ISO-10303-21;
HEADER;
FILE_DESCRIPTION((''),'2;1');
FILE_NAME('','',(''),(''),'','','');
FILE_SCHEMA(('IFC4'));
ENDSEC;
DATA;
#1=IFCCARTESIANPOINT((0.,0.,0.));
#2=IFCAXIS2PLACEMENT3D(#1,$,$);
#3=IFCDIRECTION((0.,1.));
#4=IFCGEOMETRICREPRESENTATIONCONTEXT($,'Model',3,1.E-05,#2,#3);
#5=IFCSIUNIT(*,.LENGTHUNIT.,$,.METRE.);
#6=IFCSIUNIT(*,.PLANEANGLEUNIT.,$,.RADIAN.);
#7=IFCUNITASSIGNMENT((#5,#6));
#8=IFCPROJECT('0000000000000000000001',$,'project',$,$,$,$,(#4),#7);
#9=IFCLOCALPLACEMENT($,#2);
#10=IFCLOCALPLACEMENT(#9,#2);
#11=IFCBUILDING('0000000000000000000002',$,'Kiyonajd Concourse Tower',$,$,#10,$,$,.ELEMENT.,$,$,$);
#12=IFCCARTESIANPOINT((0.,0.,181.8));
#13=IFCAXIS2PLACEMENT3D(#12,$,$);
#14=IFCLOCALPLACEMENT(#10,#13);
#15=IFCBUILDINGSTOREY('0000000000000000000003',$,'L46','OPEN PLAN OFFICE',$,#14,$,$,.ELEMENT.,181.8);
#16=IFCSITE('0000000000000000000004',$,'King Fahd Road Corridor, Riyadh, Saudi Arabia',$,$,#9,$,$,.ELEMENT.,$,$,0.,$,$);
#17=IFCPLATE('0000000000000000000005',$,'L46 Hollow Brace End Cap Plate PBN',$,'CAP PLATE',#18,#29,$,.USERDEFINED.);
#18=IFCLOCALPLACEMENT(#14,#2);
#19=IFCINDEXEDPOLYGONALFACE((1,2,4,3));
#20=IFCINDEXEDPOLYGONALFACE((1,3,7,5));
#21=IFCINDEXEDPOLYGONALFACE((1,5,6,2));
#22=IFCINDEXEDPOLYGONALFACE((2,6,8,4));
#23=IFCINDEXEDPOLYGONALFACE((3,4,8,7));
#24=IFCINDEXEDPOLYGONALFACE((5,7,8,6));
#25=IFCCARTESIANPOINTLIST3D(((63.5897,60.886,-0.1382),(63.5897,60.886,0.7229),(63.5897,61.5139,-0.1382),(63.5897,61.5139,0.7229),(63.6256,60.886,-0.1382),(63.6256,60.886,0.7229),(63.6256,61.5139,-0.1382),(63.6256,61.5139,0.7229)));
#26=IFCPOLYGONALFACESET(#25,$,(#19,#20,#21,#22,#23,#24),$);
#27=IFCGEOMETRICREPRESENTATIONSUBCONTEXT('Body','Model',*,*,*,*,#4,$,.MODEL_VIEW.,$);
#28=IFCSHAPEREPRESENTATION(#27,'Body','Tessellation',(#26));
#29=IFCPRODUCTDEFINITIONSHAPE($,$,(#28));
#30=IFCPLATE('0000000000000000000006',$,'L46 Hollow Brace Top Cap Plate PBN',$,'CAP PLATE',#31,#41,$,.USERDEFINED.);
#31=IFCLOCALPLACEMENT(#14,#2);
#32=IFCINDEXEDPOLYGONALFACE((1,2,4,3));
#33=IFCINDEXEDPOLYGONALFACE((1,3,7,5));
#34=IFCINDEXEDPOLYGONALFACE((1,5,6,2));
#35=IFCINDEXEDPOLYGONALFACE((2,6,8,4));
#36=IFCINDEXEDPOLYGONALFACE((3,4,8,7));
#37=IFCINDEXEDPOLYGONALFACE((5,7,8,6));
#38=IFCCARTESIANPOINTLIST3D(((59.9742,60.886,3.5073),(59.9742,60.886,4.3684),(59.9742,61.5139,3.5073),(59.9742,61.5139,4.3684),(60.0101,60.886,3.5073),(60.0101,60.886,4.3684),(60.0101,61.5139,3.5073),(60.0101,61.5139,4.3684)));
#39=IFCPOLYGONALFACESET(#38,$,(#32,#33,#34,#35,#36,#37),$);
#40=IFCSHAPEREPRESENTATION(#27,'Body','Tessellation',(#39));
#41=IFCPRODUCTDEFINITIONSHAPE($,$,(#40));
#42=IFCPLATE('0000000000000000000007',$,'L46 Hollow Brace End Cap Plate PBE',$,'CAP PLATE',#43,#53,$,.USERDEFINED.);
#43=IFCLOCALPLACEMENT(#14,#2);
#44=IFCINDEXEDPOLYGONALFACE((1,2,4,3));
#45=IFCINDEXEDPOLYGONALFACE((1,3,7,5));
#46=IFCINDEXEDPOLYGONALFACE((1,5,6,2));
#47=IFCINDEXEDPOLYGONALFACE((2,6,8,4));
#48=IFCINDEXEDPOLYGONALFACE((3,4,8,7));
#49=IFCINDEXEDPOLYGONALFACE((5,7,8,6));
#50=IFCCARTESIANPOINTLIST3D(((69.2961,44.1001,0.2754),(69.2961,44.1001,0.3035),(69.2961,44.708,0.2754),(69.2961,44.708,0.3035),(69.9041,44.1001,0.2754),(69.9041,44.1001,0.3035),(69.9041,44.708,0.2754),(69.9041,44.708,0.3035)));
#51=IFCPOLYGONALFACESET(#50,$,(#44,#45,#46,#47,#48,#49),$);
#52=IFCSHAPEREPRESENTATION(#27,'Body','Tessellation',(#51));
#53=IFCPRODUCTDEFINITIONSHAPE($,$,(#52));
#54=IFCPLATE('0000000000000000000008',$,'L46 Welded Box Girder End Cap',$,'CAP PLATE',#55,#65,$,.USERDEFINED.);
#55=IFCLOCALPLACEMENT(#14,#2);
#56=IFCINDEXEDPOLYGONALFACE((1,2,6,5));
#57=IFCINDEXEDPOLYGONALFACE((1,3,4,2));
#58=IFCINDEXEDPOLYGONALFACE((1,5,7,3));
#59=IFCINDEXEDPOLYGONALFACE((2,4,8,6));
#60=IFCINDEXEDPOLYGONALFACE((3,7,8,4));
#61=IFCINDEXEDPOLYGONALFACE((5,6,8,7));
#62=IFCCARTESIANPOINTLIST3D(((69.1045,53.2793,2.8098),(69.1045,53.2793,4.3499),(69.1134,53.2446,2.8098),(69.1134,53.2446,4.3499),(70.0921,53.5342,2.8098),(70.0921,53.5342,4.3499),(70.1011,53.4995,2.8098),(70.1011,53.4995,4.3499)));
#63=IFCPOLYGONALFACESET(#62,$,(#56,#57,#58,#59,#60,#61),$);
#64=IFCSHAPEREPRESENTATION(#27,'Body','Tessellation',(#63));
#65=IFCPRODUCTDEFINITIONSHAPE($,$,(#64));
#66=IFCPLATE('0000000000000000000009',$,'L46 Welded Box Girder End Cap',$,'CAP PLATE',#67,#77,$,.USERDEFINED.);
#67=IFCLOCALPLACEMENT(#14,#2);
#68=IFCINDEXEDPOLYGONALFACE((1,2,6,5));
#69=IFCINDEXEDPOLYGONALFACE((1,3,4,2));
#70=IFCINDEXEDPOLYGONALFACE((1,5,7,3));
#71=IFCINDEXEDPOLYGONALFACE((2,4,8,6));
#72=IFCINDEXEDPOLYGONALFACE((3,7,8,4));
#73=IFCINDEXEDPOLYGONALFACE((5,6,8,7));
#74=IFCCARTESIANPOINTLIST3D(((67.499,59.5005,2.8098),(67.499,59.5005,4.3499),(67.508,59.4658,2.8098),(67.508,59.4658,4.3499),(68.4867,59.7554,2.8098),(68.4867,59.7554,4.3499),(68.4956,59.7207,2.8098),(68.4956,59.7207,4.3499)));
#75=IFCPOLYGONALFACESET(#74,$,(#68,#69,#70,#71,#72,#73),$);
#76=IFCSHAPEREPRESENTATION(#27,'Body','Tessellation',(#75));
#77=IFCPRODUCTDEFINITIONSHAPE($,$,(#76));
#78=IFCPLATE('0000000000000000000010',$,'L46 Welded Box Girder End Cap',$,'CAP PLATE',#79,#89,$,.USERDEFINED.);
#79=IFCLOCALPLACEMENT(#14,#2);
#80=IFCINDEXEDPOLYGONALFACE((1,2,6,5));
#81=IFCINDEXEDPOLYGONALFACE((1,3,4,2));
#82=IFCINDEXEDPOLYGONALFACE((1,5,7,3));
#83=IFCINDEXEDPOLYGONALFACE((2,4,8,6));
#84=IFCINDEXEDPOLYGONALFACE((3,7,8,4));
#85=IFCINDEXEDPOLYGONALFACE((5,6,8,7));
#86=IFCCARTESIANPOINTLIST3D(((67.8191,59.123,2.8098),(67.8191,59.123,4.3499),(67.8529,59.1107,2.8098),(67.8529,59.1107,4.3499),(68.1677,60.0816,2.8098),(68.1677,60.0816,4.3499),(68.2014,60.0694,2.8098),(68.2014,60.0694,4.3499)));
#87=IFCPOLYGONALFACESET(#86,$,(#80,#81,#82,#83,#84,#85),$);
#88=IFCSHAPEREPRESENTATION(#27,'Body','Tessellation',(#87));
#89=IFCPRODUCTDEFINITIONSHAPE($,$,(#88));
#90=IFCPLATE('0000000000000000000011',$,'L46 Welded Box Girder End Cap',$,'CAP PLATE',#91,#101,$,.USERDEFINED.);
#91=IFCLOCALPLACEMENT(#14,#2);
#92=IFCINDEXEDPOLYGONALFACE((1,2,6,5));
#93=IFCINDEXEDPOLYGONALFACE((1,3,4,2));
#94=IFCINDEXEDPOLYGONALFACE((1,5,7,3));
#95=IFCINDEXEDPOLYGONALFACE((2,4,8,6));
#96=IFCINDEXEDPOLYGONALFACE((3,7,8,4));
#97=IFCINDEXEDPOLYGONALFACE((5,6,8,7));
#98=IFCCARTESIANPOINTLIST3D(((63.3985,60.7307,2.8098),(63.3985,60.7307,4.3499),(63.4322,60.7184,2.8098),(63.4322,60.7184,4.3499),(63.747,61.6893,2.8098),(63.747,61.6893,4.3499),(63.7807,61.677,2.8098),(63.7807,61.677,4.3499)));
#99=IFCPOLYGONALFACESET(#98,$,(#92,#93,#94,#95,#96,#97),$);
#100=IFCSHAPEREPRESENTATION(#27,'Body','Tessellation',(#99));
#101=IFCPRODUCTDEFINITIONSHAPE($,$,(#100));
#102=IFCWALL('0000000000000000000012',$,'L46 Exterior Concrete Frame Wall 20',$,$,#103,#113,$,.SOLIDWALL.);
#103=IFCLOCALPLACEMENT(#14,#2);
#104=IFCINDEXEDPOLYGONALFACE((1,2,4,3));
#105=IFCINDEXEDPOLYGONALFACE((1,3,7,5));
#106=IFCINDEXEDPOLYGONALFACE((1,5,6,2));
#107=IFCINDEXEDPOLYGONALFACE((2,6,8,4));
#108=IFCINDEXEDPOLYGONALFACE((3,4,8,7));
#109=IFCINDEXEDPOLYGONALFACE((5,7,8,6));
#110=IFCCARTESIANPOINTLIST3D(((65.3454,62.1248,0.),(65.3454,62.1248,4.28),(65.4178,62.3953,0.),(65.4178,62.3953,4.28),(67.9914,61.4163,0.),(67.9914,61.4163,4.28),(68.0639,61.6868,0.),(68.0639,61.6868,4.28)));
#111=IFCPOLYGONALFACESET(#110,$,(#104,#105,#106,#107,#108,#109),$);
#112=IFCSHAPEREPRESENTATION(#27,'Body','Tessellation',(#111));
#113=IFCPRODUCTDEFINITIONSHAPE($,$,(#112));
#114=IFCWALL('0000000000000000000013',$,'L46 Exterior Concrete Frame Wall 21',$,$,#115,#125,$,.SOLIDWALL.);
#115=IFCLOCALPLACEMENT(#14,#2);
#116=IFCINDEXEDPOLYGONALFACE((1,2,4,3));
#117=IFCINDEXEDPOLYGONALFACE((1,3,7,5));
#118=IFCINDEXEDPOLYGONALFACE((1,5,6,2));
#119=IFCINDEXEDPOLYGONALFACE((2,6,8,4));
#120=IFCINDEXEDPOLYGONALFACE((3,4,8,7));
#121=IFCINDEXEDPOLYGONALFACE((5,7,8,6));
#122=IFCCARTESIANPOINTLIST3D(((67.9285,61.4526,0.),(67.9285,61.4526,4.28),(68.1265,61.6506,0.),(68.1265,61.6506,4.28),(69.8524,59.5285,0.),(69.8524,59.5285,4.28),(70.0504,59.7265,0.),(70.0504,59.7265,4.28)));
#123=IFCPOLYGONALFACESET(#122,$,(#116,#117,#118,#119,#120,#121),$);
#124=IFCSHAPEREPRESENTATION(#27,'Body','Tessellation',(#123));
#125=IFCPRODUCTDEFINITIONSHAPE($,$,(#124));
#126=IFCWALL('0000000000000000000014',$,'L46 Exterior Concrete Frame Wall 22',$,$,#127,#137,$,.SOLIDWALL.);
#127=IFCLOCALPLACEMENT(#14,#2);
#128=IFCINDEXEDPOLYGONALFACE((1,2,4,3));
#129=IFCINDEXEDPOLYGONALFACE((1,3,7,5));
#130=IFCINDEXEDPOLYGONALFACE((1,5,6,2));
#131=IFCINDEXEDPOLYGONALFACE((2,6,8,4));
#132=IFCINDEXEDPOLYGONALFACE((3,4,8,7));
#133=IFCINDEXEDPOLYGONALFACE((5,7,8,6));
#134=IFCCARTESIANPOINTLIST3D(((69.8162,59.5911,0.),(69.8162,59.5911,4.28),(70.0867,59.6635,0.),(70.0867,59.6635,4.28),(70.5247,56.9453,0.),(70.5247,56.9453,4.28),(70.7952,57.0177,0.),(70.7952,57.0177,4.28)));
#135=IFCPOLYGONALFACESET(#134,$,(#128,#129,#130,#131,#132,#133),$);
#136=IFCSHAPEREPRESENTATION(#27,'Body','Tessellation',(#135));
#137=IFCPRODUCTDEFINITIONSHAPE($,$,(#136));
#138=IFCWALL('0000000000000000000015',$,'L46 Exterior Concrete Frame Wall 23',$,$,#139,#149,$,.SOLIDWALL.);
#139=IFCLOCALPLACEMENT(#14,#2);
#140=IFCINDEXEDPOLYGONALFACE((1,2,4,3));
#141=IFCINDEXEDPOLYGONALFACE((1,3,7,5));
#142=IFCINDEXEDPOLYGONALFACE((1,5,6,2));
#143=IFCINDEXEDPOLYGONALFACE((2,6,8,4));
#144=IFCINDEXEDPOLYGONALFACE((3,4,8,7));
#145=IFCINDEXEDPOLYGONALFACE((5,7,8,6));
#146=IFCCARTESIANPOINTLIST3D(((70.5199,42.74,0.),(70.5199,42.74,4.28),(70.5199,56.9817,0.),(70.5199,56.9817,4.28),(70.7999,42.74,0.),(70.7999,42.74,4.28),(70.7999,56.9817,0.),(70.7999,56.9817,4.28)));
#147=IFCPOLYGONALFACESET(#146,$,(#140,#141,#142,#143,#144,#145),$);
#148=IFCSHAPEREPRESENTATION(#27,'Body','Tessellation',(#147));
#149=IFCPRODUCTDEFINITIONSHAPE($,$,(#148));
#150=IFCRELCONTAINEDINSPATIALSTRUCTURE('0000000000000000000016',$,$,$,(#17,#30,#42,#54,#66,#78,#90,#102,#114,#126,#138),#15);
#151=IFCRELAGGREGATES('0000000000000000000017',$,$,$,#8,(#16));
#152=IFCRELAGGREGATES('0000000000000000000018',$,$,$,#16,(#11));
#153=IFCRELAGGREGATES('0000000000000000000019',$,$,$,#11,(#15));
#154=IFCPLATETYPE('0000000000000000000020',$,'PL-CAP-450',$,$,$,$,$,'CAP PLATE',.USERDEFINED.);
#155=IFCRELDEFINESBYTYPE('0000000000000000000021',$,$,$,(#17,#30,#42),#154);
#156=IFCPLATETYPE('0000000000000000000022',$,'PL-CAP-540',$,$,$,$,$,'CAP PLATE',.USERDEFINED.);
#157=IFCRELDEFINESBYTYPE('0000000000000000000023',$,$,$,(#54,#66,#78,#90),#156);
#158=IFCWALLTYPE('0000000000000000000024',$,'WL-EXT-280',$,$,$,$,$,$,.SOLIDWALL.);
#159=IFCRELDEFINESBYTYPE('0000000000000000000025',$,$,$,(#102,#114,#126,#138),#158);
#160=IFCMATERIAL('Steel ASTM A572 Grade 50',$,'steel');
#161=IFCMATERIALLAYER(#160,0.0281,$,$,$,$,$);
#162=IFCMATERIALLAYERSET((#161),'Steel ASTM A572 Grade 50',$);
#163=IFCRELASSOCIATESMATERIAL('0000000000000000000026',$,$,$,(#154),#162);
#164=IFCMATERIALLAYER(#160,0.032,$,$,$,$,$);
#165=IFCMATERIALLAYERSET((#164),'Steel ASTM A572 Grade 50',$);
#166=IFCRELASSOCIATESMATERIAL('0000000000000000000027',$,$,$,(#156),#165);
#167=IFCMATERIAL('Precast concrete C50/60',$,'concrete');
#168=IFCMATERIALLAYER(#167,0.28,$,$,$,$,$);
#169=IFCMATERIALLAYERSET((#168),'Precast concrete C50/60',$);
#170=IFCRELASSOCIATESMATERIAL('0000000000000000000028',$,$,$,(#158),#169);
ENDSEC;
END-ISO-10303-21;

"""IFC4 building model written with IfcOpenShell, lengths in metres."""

from ifc_helpers import new_model, si_unit, direction, frame, frame_2d, origin, origin_2d, place, context, subcontext, project, spatial, rectangle, extrude, material, layer, layer_set, type_object, element, save


model = new_model("IFC4")

# Units and contexts
model_context = context("Model", 3, precision=1e-05, world=origin(), true_north=direction((0.0, 1.0)))
body_context = subcontext(model_context, "Body", "Model", "MODEL_VIEW")
ifc_project = project(units=[si_unit("LENGTHUNIT", "METRE"), si_unit("PLANEANGLEUNIT", "RADIAN")], contexts=[model_context])

# Site, building, storey
site_placement = place(None, origin())
site = spatial("IfcSite", under=ifc_project, at=site_placement, Name="King Fahd Road Corridor, Riyadh, Saudi Arabia", CompositionType="ELEMENT", RefElevation=0.0)
building_placement = place(site_placement, origin())
building = spatial("IfcBuilding", under=site, at=building_placement, Name="Kiyonajd Concourse Tower", CompositionType="ELEMENT")
storey_placement = place(building_placement, frame((0.0, 0.0, 181.8)))
storey = spatial("IfcBuildingStorey", under=building, at=storey_placement, Name="L46", Description="OPEN PLAN OFFICE", CompositionType="ELEMENT", Elevation=181.8)

# Shared definitions
ifc_material_1 = material(Name="Steel ASTM A572 Grade 50", Category="steel")

# Plates
ifc_layer_1 = layer(ifc_material_1, 0.0281)
ifc_layer_set_1 = layer_set([ifc_layer_1], Name="Steel ASTM A572 Grade 50")
plate_type_1 = type_object("IfcPlateType", Name="PL-CAP-450", ElementType="CAP PLATE", PredefinedType="USERDEFINED", material=ifc_layer_set_1)
for number, where, z_axis, x_axis, name in (
    (1, (63.6077, 61.2, -0.1382), (0.0, 0.0, 1.0), (1.0, 0.0, 0.0), "L46 Hollow Brace End Cap Plate PBN"),
    (2, (59.9922, 61.2, 3.5073), (0.0, 0.0, 1.0), (-1.0, 0.0, 0.0), "L46 Hollow Brace Top Cap Plate PBN"),
):
    element("IfcPlate", number, at=place(storey_placement, frame(where, z_axis=z_axis, x_axis=x_axis)), inside=storey, type_object=plate_type_1, Name=name, ObjectType="CAP PLATE", PredefinedType="USERDEFINED", context=body_context, shape_type="SweptSolid", body=[
        extrude(rectangle(XDim=0.0359, YDim=0.6279, at=origin_2d()), origin(), (0.0, 0.0, 1.0), 0.8611),
    ])
plate_placement = place(storey_placement, frame((69.6001, 44.4041, 0.2754), z_axis=(0.0, 0.0, 1.0), x_axis=(1.0, 0.0, 0.0)))
element("IfcPlate", 3, at=plate_placement, inside=storey, type_object=plate_type_1, Name="L46 Hollow Brace End Cap Plate PBE", ObjectType="CAP PLATE", PredefinedType="USERDEFINED", context=body_context, shape_type="SweptSolid", body=[
    extrude(rectangle(XDim=0.6079, YDim=0.6079, at=origin_2d()), origin(), (0.0, 0.0, 1.0), 0.0281),
])
ifc_layer_2 = layer(ifc_material_1, 0.032)
ifc_layer_set_2 = layer_set([ifc_layer_2], Name="Steel ASTM A572 Grade 50")
plate_type_2 = type_object("IfcPlateType", Name="PL-CAP-540", ElementType="CAP PLATE", PredefinedType="USERDEFINED", material=ifc_layer_set_2)
for number, where, z_axis, x_axis, name in (
    (4, (69.6028, 53.3894, 2.8098), (0.0, 0.0, 1.0), (0.249873, -0.968279, 0.0), "L46 Welded Box Girder End Cap"),
    (5, (67.9973, 59.6106, 2.8098), (0.0, 0.0, 1.0), (-0.249873, 0.968279, 0.0), "L46 Welded Box Girder End Cap"),
    (6, (68.0103, 59.5962, 2.8098), (0.0, 0.0, 1.0), (0.939812, -0.341692, 0.0), "L46 Welded Box Girder End Cap"),
    (7, (63.5896, 61.2039, 2.8098), (0.0, 0.0, 1.0), (-0.939812, 0.341692, 0.0), "L46 Welded Box Girder End Cap"),
):
    element("IfcPlate", number, at=place(storey_placement, frame(where, z_axis=z_axis, x_axis=x_axis)), inside=storey, type_object=plate_type_2, Name=name, ObjectType="CAP PLATE", PredefinedType="USERDEFINED", context=body_context, shape_type="SweptSolid", body=[
        extrude(rectangle(XDim=0.0359, YDim=1.02, at=origin_2d()), origin(), (0.0, 0.0, 1.0), 1.54),
    ])

# Walls
ifc_material_2 = material(Name="Precast concrete C50/60", Category="concrete")
ifc_layer_3 = layer(ifc_material_2, 0.28)
ifc_layer_set_3 = layer_set([ifc_layer_3], Name="Precast concrete C50/60")
wall_type = type_object("IfcWallType", Name="WL-EXT-280", PredefinedType="SOLIDWALL", material=ifc_layer_set_3)
wall_1_placement = place(storey_placement, frame((65.3816, 62.26, 0.0), z_axis=(0.0, 0.0, 1.0), x_axis=(0.965971, -0.25865, 0.0)))
element("IfcWall", 8, at=wall_1_placement, inside=storey, type_object=wall_type, Name="L46 Exterior Concrete Frame Wall 20", PredefinedType="SOLIDWALL", context=body_context, shape_type="SweptSolid", body=[
    extrude(rectangle(XDim=2.7393, YDim=0.28, at=frame_2d((1.3696, 0.0))), origin(), (0.0, 0.0, 1.0), 4.28),
])
wall_2_placement = place(storey_placement, frame((68.0276, 61.5515, 0.0), z_axis=(0.0, 0.0, 1.0), x_axis=(0.707062, -0.707152, 0.0)))
element("IfcWall", 9, at=wall_2_placement, inside=storey, type_object=wall_type, Name="L46 Exterior Concrete Frame Wall 21", PredefinedType="SOLIDWALL", context=body_context, shape_type="SweptSolid", body=[
    extrude(rectangle(XDim=2.7209, YDim=0.28, at=frame_2d((1.3604, 0.0))), origin(), (0.0, 0.0, 1.0), 4.28),
])
wall_3_placement = place(storey_placement, frame((69.9514, 59.6274, 0.0), z_axis=(0.0, 0.0, 1.0), x_axis=(0.258672, -0.965965, 0.0)))
element("IfcWall", 10, at=wall_3_placement, inside=storey, type_object=wall_type, Name="L46 Exterior Concrete Frame Wall 22", PredefinedType="SOLIDWALL", context=body_context, shape_type="SweptSolid", body=[
    extrude(rectangle(XDim=2.739, YDim=0.28, at=frame_2d((1.3696, 0.0))), origin(), (0.0, 0.0, 1.0), 4.28),
])
wall_4_placement = place(storey_placement, frame((70.6599, 56.9817, 0.0), z_axis=(0.0, 0.0, 1.0), x_axis=(0.0, -1.0, 0.0)))
element("IfcWall", 11, at=wall_4_placement, inside=storey, type_object=wall_type, Name="L46 Exterior Concrete Frame Wall 23", PredefinedType="SOLIDWALL", context=body_context, shape_type="SweptSolid", body=[
    extrude(rectangle(XDim=14.2417, YDim=0.28, at=frame_2d((7.1208, 0.0))), origin(), (0.0, 0.0, 1.0), 4.28),
])

save(model, "model.ifc")
